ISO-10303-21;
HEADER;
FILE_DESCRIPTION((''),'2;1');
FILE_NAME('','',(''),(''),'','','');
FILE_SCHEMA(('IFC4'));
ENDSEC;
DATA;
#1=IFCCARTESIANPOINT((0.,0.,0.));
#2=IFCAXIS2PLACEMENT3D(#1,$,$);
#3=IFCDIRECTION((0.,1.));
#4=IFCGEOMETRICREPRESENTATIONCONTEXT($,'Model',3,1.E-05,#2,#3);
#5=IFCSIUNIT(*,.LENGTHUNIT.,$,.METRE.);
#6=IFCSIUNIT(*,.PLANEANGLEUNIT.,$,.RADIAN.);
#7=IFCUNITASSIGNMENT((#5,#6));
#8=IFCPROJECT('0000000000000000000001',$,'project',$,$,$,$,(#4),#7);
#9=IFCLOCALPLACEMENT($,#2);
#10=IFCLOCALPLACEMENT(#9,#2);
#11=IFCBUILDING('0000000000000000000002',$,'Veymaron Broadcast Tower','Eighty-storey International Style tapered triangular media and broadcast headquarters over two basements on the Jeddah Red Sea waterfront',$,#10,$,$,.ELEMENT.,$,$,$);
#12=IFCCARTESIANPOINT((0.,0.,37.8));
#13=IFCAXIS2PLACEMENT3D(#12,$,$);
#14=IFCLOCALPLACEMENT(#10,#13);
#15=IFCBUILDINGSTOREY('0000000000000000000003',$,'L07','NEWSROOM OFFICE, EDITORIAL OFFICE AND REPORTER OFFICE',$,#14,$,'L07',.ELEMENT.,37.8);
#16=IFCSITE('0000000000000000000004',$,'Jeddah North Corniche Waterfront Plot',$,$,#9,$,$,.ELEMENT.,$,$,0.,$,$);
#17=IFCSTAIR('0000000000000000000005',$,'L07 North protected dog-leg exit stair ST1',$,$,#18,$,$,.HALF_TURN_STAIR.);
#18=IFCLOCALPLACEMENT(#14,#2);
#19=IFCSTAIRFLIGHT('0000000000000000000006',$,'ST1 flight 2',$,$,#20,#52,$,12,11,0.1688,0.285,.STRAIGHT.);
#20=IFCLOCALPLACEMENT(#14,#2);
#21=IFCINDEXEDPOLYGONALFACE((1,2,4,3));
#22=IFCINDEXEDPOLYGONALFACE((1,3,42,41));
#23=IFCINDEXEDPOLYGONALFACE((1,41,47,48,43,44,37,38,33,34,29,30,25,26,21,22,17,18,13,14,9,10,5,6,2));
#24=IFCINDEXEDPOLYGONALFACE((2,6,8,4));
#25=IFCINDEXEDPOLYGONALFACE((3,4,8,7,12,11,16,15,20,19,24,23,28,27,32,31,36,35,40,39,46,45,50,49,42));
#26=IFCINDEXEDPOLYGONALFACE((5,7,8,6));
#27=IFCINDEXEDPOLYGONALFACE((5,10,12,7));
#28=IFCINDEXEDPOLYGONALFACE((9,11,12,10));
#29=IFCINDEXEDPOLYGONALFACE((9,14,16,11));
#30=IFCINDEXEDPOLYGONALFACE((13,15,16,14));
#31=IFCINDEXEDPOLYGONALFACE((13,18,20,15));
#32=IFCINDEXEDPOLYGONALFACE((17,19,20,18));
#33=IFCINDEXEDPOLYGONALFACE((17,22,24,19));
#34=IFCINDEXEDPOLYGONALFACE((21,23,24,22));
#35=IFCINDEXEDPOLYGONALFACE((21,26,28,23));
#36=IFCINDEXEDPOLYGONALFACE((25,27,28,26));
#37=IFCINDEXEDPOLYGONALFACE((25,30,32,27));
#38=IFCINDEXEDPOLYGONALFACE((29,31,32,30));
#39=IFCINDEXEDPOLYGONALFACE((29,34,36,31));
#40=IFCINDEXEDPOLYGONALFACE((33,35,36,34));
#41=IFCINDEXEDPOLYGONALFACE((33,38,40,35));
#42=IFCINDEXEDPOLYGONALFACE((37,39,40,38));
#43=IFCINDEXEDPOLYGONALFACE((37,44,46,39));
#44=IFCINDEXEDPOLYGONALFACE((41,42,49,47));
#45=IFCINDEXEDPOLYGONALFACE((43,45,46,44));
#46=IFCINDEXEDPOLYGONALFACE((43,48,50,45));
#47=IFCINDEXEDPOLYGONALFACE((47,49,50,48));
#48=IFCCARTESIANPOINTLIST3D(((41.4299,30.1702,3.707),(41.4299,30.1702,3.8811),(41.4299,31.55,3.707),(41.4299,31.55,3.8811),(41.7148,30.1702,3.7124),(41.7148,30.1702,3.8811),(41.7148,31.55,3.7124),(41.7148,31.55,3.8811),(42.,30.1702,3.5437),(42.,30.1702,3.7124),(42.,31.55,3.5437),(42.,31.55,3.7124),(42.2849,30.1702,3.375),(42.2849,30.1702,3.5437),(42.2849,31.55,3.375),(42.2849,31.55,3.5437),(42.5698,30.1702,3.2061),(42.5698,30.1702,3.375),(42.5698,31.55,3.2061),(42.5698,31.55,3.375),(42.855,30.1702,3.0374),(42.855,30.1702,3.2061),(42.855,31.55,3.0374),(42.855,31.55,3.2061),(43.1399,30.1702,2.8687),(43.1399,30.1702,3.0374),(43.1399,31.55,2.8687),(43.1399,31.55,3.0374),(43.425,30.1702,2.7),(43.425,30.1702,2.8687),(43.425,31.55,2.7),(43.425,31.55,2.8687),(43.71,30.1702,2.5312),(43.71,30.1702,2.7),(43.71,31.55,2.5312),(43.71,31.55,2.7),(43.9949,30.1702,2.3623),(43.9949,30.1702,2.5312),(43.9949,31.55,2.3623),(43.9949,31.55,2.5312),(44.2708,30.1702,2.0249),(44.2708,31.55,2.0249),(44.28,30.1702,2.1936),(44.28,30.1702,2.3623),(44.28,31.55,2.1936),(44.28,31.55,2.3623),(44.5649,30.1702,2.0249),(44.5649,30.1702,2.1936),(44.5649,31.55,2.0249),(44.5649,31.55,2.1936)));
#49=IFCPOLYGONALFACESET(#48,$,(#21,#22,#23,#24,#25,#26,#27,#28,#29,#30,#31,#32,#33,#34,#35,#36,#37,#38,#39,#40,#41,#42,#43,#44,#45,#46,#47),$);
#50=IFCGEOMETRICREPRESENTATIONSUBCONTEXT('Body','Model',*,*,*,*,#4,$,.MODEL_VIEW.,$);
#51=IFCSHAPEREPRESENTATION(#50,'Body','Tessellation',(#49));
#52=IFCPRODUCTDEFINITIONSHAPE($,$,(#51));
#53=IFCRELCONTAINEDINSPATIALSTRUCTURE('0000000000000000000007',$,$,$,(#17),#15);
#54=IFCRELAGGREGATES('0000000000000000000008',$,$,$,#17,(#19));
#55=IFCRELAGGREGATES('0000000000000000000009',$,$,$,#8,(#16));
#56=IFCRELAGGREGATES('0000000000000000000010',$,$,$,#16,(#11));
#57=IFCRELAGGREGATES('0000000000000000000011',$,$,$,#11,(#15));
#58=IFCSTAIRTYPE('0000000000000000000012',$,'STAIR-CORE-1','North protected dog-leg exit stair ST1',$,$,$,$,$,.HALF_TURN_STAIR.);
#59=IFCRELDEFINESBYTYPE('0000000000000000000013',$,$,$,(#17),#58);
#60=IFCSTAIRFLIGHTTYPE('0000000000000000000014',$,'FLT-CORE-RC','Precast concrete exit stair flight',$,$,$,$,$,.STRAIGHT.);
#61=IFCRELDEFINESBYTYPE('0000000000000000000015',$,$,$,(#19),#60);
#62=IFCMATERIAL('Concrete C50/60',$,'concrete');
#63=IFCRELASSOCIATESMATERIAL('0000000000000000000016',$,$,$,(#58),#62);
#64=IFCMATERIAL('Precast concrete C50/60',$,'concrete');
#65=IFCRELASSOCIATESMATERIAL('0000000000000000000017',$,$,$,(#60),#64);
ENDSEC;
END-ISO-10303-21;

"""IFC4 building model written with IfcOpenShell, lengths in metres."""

from ifc_helpers import new_model, si_unit, direction, frame, origin, place, context, subcontext, project, spatial, polyline, outline, extrude, material, type_object, element, aggregate, save


model = new_model("IFC4")

# Units and contexts
model_context = context("Model", 3, precision=1e-05, world=origin(), true_north=direction((0.0, 1.0)))
body_context = subcontext(model_context, "Body", "Model", "MODEL_VIEW")
ifc_project = project(units=[si_unit("LENGTHUNIT", "METRE"), si_unit("PLANEANGLEUNIT", "RADIAN")], contexts=[model_context])

# Site, building, storey
site_placement = place(None, origin())
site = spatial("IfcSite", under=ifc_project, at=site_placement, Name="Jeddah North Corniche Waterfront Plot", CompositionType="ELEMENT", RefElevation=0.0)
building_placement = place(site_placement, origin())
building = spatial("IfcBuilding", under=site, at=building_placement, Name="Veymaron Broadcast Tower", Description="Eighty-storey International Style tapered triangular media and broadcast headquarters over two basements on the Jeddah Red Sea waterfront", CompositionType="ELEMENT")
storey_placement = place(building_placement, frame((0.0, 0.0, 37.8)))
storey = spatial("IfcBuildingStorey", under=building, at=storey_placement, Name="L07", Description="NEWSROOM OFFICE, EDITORIAL OFFICE AND REPORTER OFFICE", LongName="L07", CompositionType="ELEMENT", Elevation=37.8)

# Shared definitions
ifc_material_1 = material(Name="Concrete C50/60", Category="concrete")

# Stair, stair flight
stair_type = type_object("IfcStairType", Name="STAIR-CORE-1", Description="North protected dog-leg exit stair ST1", PredefinedType="HALF_TURN_STAIR", material=ifc_material_1)
stair_placement = place(storey_placement, origin())
stair = element("IfcStair", 1, at=stair_placement, inside=storey, type_object=stair_type, Name="L07 North protected dog-leg exit stair ST1", PredefinedType="HALF_TURN_STAIR")
ifc_material_2 = material(Name="Precast concrete C50/60", Category="concrete")
stair_flight_type = type_object("IfcStairFlightType", Name="FLT-CORE-RC", Description="Precast concrete exit stair flight", PredefinedType="STRAIGHT", material=ifc_material_2)
stair_flight_1_placement = place(storey_placement, frame((44.5649, 30.8601, 2.0249), z_axis=(0.0, 0.0, 1.0), x_axis=(-1.0, 0.0, 0.0)))
stair_flight_1 = element("IfcStairFlight", 2, at=stair_flight_1_placement, type_object=stair_flight_type, Name="ST1 flight 2", NumberOfRisers=12, NumberOfTreads=11, PredefinedType="STRAIGHT", RiserHeight=0.1688, TreadLength=0.285, context=body_context, shape_type="SweptSolid", body=[
    extrude(outline(polyline([(0.0, 0.0), (0.0, 0.1687), (0.2849, 0.1687), (0.2849, 0.3374), (0.5701, 0.3374), (0.5701, 0.5063), (0.855, 0.5063), (0.855, 0.675), (1.1399, 0.675), (1.1399, 0.8438), (1.425, 0.8438), (1.425, 1.0125), (1.71, 1.0125), (1.71, 1.1812), (1.9951, 1.1812), (1.9951, 1.3501), (2.28, 1.3501), (2.28, 1.5188), (2.5649, 1.5188), (2.5649, 1.6875), (2.8501, 1.6875), (2.8501, 1.8562), (3.135, 1.8562), (3.135, 2.0249), (3.135, 1.6821), (0.2942, 0.0), (0.0, 0.0)])), frame((0.0, 0.6899, 0.0), z_axis=(0.0, -1.0, 0.0), x_axis=(1.0, 0.0, 0.0)), (0.0, 0.0, 1.0), 1.3799),
])
aggregate(stair, [stair_flight_1])

save(model, "model.ifc")
